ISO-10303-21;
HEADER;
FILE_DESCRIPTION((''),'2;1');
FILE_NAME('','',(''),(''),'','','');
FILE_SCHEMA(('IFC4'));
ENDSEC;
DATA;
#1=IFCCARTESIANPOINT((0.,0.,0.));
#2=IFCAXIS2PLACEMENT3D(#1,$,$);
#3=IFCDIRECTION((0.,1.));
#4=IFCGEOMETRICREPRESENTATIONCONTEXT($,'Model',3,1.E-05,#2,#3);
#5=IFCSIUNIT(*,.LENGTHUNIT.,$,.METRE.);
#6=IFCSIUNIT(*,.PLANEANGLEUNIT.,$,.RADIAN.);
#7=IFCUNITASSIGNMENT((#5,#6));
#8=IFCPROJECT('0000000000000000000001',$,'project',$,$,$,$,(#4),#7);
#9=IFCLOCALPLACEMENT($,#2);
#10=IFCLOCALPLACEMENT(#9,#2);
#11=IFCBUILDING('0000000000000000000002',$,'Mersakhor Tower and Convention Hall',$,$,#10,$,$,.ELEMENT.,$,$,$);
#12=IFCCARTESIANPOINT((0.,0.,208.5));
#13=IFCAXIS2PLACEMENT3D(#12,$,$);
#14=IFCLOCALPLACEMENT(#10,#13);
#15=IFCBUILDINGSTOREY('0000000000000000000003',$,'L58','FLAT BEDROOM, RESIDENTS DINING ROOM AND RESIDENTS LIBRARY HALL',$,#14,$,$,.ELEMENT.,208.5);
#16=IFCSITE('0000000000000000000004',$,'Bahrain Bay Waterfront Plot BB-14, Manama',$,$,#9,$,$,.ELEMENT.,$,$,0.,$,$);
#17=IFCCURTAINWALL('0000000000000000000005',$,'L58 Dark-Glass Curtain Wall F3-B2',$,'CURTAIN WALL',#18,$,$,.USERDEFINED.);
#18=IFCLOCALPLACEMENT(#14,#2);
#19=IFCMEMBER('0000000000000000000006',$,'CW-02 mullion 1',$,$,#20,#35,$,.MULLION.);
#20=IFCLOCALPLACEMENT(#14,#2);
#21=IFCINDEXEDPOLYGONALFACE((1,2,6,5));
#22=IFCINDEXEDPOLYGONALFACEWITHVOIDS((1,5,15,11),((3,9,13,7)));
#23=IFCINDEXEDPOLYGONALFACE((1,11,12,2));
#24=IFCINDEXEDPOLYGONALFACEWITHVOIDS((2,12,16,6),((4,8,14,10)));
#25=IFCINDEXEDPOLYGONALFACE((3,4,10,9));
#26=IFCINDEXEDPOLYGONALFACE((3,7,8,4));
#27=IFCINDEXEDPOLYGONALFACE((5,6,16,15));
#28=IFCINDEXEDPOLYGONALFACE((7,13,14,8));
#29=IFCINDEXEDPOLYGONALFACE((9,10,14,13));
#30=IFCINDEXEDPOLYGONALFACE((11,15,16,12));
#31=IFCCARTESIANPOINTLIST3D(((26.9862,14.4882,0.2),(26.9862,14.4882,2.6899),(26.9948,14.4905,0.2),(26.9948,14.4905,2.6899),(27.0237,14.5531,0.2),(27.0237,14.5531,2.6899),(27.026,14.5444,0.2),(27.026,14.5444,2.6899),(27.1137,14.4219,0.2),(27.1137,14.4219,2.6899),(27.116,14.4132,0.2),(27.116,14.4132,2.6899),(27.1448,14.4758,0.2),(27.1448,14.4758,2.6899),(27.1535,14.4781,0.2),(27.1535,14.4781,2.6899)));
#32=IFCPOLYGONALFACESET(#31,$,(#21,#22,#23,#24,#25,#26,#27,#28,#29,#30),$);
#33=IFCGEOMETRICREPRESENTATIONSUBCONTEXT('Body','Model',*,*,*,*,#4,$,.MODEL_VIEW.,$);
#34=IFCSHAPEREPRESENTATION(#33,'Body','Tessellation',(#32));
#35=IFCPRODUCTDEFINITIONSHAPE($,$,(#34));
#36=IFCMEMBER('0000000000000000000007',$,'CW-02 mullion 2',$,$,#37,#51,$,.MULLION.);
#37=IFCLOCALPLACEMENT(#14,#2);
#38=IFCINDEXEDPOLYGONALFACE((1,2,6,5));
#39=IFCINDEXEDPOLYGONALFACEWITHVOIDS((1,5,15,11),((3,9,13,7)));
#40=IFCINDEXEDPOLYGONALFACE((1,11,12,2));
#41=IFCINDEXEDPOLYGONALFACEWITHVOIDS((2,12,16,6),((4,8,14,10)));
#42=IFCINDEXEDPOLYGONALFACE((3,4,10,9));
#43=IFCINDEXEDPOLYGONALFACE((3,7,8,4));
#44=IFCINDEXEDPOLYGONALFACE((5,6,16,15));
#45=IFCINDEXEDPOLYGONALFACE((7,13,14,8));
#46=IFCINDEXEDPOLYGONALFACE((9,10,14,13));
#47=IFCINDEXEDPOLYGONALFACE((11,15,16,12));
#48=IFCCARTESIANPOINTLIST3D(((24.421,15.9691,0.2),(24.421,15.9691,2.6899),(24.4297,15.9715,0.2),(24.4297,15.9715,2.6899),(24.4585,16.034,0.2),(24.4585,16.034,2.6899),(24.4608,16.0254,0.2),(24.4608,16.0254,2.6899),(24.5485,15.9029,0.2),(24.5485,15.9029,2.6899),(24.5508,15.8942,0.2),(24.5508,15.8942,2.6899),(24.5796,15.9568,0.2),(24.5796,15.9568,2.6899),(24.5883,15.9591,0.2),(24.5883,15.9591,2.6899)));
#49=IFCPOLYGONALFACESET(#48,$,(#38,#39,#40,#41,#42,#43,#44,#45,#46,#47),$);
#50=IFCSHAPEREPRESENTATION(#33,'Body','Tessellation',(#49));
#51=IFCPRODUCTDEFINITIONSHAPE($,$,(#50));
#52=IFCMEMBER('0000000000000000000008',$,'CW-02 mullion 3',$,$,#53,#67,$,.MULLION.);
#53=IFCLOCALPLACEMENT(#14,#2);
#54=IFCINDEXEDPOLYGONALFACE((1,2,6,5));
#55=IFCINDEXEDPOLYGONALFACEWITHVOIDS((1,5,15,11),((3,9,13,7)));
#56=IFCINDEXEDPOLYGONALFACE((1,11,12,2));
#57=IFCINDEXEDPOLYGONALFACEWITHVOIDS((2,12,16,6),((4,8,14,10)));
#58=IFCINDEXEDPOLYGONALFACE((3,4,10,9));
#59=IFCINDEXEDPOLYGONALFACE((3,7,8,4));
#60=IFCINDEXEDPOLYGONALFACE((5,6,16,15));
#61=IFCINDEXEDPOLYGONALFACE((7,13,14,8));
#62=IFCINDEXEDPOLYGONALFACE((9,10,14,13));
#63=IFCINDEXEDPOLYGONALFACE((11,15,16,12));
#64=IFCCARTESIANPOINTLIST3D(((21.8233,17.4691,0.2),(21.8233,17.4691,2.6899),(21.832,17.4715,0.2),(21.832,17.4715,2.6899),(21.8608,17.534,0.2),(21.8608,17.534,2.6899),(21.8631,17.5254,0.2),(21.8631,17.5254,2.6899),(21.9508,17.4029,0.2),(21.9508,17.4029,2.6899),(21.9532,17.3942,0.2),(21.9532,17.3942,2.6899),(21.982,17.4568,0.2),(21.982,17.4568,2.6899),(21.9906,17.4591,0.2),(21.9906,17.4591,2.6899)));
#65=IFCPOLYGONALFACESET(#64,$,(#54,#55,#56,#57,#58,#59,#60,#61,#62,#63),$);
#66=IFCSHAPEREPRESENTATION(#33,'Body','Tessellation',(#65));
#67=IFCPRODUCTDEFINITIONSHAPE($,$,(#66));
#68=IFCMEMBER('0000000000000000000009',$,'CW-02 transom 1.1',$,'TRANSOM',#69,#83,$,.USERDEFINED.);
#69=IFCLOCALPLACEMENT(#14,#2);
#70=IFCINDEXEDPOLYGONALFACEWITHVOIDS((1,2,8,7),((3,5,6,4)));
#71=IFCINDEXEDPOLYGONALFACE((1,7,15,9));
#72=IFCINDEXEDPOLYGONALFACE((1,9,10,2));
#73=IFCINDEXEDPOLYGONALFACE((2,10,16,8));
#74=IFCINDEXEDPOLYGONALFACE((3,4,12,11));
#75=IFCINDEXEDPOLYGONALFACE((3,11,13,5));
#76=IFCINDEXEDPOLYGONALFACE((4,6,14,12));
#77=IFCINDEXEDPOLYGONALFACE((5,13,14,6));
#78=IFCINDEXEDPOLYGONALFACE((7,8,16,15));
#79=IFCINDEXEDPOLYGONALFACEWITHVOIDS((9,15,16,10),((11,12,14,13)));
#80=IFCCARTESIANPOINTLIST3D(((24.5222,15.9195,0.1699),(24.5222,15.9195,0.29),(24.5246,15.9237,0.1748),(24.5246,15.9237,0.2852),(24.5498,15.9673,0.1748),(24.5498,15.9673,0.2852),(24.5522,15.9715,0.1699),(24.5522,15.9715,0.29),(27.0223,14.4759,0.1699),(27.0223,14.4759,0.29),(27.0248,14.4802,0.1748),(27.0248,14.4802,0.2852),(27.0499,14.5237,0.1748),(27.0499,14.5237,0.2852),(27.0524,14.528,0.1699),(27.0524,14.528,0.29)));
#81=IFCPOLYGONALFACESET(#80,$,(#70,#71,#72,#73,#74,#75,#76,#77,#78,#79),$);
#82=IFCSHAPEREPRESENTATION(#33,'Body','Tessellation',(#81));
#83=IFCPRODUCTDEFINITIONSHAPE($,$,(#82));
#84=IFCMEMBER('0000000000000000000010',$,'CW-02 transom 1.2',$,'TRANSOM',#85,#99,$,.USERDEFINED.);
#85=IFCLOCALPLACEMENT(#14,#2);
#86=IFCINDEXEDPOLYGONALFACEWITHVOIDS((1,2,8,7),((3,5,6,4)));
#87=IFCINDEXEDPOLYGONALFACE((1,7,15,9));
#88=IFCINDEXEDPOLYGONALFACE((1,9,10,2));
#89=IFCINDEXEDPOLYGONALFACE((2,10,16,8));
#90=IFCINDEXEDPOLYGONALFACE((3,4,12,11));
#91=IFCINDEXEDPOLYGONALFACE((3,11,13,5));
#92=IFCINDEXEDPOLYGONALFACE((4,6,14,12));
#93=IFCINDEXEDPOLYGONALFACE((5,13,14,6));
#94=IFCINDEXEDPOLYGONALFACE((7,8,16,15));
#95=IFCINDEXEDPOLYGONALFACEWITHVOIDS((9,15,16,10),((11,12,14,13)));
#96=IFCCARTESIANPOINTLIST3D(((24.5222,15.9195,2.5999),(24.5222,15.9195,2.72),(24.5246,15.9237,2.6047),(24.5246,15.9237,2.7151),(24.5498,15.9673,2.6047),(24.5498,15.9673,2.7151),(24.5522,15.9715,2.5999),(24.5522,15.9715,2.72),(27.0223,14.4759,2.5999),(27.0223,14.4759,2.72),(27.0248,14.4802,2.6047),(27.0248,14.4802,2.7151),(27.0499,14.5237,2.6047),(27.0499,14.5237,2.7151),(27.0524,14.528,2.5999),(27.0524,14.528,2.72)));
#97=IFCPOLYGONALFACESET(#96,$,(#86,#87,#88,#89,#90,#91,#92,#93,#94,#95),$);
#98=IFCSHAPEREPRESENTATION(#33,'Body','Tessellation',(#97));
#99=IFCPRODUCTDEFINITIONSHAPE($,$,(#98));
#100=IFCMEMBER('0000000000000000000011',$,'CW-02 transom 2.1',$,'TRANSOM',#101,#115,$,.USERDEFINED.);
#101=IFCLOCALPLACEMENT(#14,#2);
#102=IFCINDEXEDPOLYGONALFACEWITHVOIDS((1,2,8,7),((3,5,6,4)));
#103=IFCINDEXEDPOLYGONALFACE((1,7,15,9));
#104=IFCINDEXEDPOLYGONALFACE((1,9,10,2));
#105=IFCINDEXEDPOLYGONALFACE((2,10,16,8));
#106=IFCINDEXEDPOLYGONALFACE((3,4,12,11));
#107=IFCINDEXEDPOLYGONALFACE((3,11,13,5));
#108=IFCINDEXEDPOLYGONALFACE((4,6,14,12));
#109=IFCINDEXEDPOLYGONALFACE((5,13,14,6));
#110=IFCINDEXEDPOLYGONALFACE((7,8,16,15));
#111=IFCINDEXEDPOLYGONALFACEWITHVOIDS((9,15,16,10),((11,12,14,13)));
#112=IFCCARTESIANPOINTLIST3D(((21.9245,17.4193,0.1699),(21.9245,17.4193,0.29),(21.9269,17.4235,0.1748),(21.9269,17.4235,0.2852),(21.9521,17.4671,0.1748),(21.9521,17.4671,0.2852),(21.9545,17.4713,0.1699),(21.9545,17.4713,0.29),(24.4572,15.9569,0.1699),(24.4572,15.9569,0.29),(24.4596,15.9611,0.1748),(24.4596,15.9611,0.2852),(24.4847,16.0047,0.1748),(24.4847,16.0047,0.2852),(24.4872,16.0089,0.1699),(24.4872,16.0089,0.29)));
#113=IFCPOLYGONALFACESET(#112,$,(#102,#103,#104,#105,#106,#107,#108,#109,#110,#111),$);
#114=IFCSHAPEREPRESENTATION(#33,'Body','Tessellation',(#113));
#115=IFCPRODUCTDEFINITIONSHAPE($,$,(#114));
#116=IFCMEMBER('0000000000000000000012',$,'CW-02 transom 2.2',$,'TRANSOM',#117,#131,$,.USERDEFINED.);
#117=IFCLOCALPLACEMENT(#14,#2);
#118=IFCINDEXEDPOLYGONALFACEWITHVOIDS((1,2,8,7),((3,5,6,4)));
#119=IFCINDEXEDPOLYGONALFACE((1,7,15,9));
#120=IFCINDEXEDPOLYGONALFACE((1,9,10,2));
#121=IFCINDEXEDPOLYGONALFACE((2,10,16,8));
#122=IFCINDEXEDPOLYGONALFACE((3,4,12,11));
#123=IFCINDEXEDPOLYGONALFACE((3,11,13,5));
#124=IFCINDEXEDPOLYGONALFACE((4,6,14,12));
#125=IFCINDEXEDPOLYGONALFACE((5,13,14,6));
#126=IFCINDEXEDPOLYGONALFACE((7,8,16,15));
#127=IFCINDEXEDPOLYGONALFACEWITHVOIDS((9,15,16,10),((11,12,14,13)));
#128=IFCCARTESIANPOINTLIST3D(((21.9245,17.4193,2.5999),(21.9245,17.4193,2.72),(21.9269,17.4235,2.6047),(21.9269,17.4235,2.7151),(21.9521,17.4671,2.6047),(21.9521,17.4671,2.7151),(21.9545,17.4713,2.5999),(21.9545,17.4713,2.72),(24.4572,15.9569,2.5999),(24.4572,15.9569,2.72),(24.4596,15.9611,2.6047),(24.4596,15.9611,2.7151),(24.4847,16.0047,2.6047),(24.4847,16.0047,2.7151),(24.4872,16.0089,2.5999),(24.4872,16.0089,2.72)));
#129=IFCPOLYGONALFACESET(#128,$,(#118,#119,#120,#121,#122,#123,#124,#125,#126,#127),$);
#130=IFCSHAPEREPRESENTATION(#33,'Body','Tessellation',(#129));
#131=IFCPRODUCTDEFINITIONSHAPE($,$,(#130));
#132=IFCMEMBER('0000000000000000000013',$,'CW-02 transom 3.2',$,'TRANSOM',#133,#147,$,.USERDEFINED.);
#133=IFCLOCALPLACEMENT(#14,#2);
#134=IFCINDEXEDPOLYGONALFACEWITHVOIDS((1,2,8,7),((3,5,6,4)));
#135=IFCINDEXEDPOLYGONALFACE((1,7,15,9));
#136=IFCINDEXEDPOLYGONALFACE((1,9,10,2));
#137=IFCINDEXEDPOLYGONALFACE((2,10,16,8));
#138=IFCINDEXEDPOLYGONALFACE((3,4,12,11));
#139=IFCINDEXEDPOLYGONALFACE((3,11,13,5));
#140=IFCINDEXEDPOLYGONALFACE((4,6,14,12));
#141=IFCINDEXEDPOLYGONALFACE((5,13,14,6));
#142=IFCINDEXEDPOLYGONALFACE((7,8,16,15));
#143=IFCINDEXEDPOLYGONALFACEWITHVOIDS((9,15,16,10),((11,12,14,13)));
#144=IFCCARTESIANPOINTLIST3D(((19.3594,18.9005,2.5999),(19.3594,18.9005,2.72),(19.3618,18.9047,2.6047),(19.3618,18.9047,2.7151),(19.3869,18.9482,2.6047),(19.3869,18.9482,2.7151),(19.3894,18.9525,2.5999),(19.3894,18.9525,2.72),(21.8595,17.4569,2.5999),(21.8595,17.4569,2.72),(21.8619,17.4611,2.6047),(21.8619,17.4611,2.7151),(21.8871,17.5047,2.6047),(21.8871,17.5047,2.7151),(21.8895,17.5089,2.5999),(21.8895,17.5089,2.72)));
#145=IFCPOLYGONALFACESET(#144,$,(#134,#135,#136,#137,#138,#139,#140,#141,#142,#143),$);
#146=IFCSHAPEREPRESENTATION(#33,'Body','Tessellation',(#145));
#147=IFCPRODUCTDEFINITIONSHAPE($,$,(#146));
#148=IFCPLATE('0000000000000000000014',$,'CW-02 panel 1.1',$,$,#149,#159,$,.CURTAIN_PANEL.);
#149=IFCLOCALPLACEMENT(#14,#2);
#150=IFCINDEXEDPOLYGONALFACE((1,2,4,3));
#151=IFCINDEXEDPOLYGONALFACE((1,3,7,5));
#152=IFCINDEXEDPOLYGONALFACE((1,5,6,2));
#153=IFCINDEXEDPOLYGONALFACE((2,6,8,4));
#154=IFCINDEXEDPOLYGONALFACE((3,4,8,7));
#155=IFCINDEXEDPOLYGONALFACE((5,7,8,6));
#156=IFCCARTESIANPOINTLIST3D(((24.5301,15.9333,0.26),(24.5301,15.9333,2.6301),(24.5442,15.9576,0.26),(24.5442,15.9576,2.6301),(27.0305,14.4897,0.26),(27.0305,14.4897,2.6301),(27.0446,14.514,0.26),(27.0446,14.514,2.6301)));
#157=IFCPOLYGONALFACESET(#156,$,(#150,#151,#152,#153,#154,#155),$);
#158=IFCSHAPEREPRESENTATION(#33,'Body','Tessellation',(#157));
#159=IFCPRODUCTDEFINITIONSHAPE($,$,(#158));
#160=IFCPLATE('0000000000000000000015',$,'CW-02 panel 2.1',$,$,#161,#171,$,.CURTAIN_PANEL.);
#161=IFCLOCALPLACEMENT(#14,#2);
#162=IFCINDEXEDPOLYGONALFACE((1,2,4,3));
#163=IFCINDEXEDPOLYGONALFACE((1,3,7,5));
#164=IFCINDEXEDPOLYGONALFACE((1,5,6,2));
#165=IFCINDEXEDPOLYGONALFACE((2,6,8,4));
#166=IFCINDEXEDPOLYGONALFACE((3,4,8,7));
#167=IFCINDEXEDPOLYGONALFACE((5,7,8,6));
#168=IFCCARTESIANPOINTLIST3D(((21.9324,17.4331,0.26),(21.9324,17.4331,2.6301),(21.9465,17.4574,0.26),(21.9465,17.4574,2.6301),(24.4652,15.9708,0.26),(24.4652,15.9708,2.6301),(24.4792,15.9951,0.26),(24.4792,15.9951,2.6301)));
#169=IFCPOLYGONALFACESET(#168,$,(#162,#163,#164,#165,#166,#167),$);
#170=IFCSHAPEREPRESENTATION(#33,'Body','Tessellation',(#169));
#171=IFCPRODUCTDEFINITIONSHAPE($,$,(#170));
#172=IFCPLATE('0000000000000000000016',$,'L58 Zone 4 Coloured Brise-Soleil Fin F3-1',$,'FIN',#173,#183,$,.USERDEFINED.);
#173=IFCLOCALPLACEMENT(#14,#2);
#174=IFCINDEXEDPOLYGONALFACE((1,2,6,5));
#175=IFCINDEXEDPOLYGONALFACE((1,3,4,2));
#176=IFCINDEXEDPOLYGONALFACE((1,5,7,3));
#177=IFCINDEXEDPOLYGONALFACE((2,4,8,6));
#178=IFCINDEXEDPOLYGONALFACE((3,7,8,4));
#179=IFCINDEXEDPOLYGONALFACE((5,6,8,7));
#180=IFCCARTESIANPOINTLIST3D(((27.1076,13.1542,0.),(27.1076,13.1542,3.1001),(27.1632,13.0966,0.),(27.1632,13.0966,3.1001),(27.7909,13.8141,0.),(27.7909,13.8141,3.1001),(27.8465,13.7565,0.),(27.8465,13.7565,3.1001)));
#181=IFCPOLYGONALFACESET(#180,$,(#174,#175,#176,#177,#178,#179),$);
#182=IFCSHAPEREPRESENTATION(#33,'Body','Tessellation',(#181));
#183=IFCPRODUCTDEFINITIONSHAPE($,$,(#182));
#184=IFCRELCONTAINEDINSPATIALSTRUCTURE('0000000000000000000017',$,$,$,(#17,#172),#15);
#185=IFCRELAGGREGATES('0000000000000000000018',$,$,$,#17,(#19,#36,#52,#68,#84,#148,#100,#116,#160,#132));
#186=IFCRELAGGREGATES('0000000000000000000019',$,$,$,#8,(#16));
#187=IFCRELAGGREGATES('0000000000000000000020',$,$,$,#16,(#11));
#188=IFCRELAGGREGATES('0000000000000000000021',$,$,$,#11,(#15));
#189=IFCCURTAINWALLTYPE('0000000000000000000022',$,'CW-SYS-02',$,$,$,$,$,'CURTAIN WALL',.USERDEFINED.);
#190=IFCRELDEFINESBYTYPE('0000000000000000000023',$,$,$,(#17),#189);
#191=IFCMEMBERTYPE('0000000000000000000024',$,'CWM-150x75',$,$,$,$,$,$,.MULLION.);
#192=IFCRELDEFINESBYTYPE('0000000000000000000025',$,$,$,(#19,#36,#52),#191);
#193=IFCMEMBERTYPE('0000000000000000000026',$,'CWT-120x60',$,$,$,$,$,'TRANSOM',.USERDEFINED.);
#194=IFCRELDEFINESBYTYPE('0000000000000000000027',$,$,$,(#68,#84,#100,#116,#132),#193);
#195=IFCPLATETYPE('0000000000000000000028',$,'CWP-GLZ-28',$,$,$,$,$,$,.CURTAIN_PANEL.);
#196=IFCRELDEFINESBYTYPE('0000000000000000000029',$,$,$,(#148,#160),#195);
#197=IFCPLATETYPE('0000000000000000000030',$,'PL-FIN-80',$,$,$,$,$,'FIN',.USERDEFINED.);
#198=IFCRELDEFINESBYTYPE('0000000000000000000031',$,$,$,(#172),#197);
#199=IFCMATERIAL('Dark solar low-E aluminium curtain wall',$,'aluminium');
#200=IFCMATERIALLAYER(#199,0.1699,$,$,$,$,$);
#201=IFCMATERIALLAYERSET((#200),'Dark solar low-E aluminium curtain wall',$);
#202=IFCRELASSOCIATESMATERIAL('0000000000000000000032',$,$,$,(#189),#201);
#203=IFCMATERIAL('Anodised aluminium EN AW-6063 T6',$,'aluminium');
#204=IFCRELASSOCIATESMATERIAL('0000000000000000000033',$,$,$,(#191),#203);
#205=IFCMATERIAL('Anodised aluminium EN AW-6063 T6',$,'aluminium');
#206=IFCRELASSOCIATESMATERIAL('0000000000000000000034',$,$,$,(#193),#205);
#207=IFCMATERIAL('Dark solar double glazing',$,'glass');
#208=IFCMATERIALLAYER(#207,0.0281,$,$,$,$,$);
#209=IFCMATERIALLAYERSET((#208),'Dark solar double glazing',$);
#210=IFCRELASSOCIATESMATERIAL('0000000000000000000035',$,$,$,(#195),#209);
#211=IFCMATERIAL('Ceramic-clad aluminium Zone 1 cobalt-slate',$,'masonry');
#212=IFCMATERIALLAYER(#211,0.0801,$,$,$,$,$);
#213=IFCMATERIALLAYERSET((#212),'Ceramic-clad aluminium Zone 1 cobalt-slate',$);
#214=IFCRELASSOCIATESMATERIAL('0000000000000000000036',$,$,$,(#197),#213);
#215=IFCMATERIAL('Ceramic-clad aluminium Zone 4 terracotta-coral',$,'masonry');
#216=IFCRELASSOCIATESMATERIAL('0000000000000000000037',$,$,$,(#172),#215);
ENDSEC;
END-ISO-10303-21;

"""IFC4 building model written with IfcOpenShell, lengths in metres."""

from ifc_helpers import new_model, si_unit, direction, frame, origin, origin_2d, place, context, subcontext, project, spatial, rectangle, hollow_rectangle, extrude, material, layer, layer_set, material_profile, profile_set, type_object, element, aggregate, save


model = new_model("IFC4")

# Units and contexts
model_context = context("Model", 3, precision=1e-05, world=origin(), true_north=direction((0.0, 1.0)))
body_context = subcontext(model_context, "Body", "Model", "MODEL_VIEW")
ifc_project = project(units=[si_unit("LENGTHUNIT", "METRE"), si_unit("PLANEANGLEUNIT", "RADIAN")], contexts=[model_context])

# Site, building, storey
site_placement = place(None, origin())
site = spatial("IfcSite", under=ifc_project, at=site_placement, Name="Bahrain Bay Waterfront Plot BB-14, Manama", CompositionType="ELEMENT", RefElevation=0.0)
building_placement = place(site_placement, origin())
building = spatial("IfcBuilding", under=site, at=building_placement, Name="Mersakhor Tower and Convention Hall", CompositionType="ELEMENT")
storey_placement = place(building_placement, frame((0.0, 0.0, 208.5)))
storey = spatial("IfcBuildingStorey", under=building, at=storey_placement, Name="L58", Description="FLAT BEDROOM, RESIDENTS DINING ROOM AND RESIDENTS LIBRARY HALL", CompositionType="ELEMENT", Elevation=208.5)

# Curtain wall, members, plates
ifc_material_1 = material(Name="Dark solar low-E aluminium curtain wall", Category="aluminium")
ifc_layer_1 = layer(ifc_material_1, 0.1699)
ifc_layer_set_1 = layer_set([ifc_layer_1], Name="Dark solar low-E aluminium curtain wall")
curtain_wall_type = type_object("IfcCurtainWallType", Name="CW-SYS-02", ElementType="CURTAIN WALL", PredefinedType="USERDEFINED", material=ifc_layer_set_1)
curtain_wall_placement = place(storey_placement, origin())
curtain_wall = element("IfcCurtainWall", 1, at=curtain_wall_placement, inside=storey, type_object=curtain_wall_type, Name="L58 Dark-Glass Curtain Wall F3-B2", ObjectType="CURTAIN WALL", PredefinedType="USERDEFINED")
ifc_material_2 = material(Name="Anodised aluminium EN AW-6063 T6", Category="aluminium")
ifc_material_profile_1 = material_profile(ifc_material_2, hollow_rectangle(XDim=0.075, YDim=0.1499, WallThickness=0.0063, at=origin_2d()), Name="RHS 150x75x6.3")
ifc_profile_set_1 = profile_set([ifc_material_profile_1], Name="Anodised aluminium EN AW-6063 T6")
member_type_1 = type_object("IfcMemberType", Name="CWM-150x75", PredefinedType="MULLION", material=ifc_profile_set_1)
member_1_placement = place(storey_placement, frame((27.0698, 14.4832, 0.2), z_axis=(0.0, 0.0, 1.0), x_axis=(-0.500008, -0.866021, 0.0)))
member_1 = element("IfcMember", 2, at=member_1_placement, type_object=member_type_1, Name="CW-02 mullion 1", PredefinedType="MULLION", context=body_context, shape_type="SweptSolid", body=[
    extrude(hollow_rectangle(XDim=0.075, YDim=0.1499, WallThickness=0.0063, at=origin_2d()), origin(), (0.0, 0.0, 1.0), 2.49),
])
member_2_placement = place(storey_placement, frame((24.5046, 15.9641, 0.2), z_axis=(0.0, 0.0, 1.0), x_axis=(-0.500008, -0.866021, 0.0)))
member_2 = element("IfcMember", 3, at=member_2_placement, type_object=member_type_1, Name="CW-02 mullion 2", PredefinedType="MULLION", context=body_context, shape_type="SweptSolid", body=[
    extrude(hollow_rectangle(XDim=0.075, YDim=0.1499, WallThickness=0.0063, at=origin_2d()), origin(), (0.0, 0.0, 1.0), 2.49),
])
member_3_placement = place(storey_placement, frame((21.907, 17.4641, 0.2), z_axis=(0.0, 0.0, 1.0), x_axis=(-0.500008, -0.866021, 0.0)))
member_3 = element("IfcMember", 4, at=member_3_placement, type_object=member_type_1, Name="CW-02 mullion 3", PredefinedType="MULLION", context=body_context, shape_type="SweptSolid", body=[
    extrude(hollow_rectangle(XDim=0.075, YDim=0.1499, WallThickness=0.0063, at=origin_2d()), origin(), (0.0, 0.0, 1.0), 2.49),
])
ifc_material_3 = material(Name="Anodised aluminium EN AW-6063 T6", Category="aluminium")
ifc_material_profile_2 = material_profile(ifc_material_3, hollow_rectangle(XDim=0.0601, YDim=0.1201, WallThickness=0.0049, at=origin_2d()), Name="RHS 120x60x5")
ifc_profile_set_2 = profile_set([ifc_material_profile_2], Name="Anodised aluminium EN AW-6063 T6")
member_type_2 = type_object("IfcMemberType", Name="CWT-120x60", ElementType="TRANSOM", PredefinedType="USERDEFINED", material=ifc_profile_set_2)
member_4_placement = place(storey_placement, frame((27.0374, 14.502, 0.23), z_axis=(-0.866012, 0.500023, 0.0), x_axis=(-0.500023, -0.866012, 0.0)))
member_4 = element("IfcMember", 5, at=member_4_placement, type_object=member_type_2, Name="CW-02 transom 1.1", ObjectType="TRANSOM", PredefinedType="USERDEFINED", context=body_context, shape_type="SweptSolid", body=[
    extrude(hollow_rectangle(XDim=0.0601, YDim=0.1201, WallThickness=0.0049, at=origin_2d()), origin(), (0.0, 0.0, 1.0), 2.887),
])
member_5_placement = place(storey_placement, frame((27.0374, 14.502, 2.6599), z_axis=(-0.866012, 0.500023, 0.0), x_axis=(-0.500023, -0.866012, 0.0)))
member_5 = element("IfcMember", 6, at=member_5_placement, type_object=member_type_2, Name="CW-02 transom 1.2", ObjectType="TRANSOM", PredefinedType="USERDEFINED", context=body_context, shape_type="SweptSolid", body=[
    extrude(hollow_rectangle(XDim=0.0601, YDim=0.1201, WallThickness=0.0049, at=origin_2d()), origin(), (0.0, 0.0, 1.0), 2.887),
])
member_6_placement = place(storey_placement, frame((24.4722, 15.9829, 0.23), z_axis=(-0.866005, 0.500036, 0.0), x_axis=(-0.500036, -0.866005, 0.0)))
member_6 = element("IfcMember", 7, at=member_6_placement, type_object=member_type_2, Name="CW-02 transom 2.1", ObjectType="TRANSOM", PredefinedType="USERDEFINED", context=body_context, shape_type="SweptSolid", body=[
    extrude(hollow_rectangle(XDim=0.0601, YDim=0.1201, WallThickness=0.0049, at=origin_2d()), origin(), (0.0, 0.0, 1.0), 2.9246),
])
member_7_placement = place(storey_placement, frame((24.4722, 15.9829, 2.6599), z_axis=(-0.866005, 0.500036, 0.0), x_axis=(-0.500036, -0.866005, 0.0)))
member_7 = element("IfcMember", 8, at=member_7_placement, type_object=member_type_2, Name="CW-02 transom 2.2", ObjectType="TRANSOM", PredefinedType="USERDEFINED", context=body_context, shape_type="SweptSolid", body=[
    extrude(hollow_rectangle(XDim=0.0601, YDim=0.1201, WallThickness=0.0049, at=origin_2d()), origin(), (0.0, 0.0, 1.0), 2.9246),
])
member_8_placement = place(storey_placement, frame((21.8745, 17.4829, 2.6599), z_axis=(-0.866012, 0.500023, 0.0), x_axis=(-0.500023, -0.866012, 0.0)))
member_8 = element("IfcMember", 9, at=member_8_placement, type_object=member_type_2, Name="CW-02 transom 3.2", ObjectType="TRANSOM", PredefinedType="USERDEFINED", context=body_context, shape_type="SweptSolid", body=[
    extrude(hollow_rectangle(XDim=0.0601, YDim=0.1201, WallThickness=0.0049, at=origin_2d()), origin(), (0.0, 0.0, 1.0), 2.887),
])
ifc_material_4 = material(Name="Dark solar double glazing", Category="glass")
ifc_layer_2 = layer(ifc_material_4, 0.0281)
ifc_layer_set_2 = layer_set([ifc_layer_2], Name="Dark solar double glazing")
plate_type_1 = type_object("IfcPlateType", Name="CWP-GLZ-28", PredefinedType="CURTAIN_PANEL", material=ifc_layer_set_2)
plate_1_placement = place(storey_placement, frame((25.7874, 15.2236, 0.26), z_axis=(0.0, 0.0, 1.0), x_axis=(-0.866021, 0.500008, 0.0)))
plate_1 = element("IfcPlate", 10, at=plate_1_placement, type_object=plate_type_1, Name="CW-02 panel 1.1", PredefinedType="CURTAIN_PANEL", context=body_context, shape_type="SweptSolid", body=[
    extrude(rectangle(XDim=2.8872, YDim=0.0281, at=origin_2d()), origin(), (0.0, 0.0, 1.0), 2.3701),
])
plate_2_placement = place(storey_placement, frame((23.2058, 16.7141, 0.26), z_axis=(0.0, 0.0, 1.0), x_axis=(-0.866021, 0.500008, 0.0)))
plate_2 = element("IfcPlate", 11, at=plate_2_placement, type_object=plate_type_1, Name="CW-02 panel 2.1", PredefinedType="CURTAIN_PANEL", context=body_context, shape_type="SweptSolid", body=[
    extrude(rectangle(XDim=2.9246, YDim=0.0281, at=origin_2d()), origin(), (0.0, 0.0, 1.0), 2.3701),
])
aggregate(curtain_wall, [member_1, member_2, member_3, member_4, member_5, plate_1, member_6, member_7, plate_2, member_8])

# Plate
ifc_material_5 = material(Name="Ceramic-clad aluminium Zone 4 terracotta-coral", Category="masonry")
ifc_material_6 = material(Name="Ceramic-clad aluminium Zone 1 cobalt-slate", Category="masonry")
ifc_layer_3 = layer(ifc_material_6, 0.0801)
ifc_layer_set_3 = layer_set([ifc_layer_3], Name="Ceramic-clad aluminium Zone 1 cobalt-slate")
plate_type_2 = type_object("IfcPlateType", Name="PL-FIN-80", ElementType="FIN", PredefinedType="USERDEFINED", material=ifc_layer_set_3)
plate_3_placement = place(storey_placement, frame((27.4771, 13.4553, 0.0), z_axis=(0.0, 0.0, 1.0), x_axis=(-0.71934, -0.694658, 0.0)))
element("IfcPlate", 12, at=plate_3_placement, inside=storey, type_object=plate_type_2, material=ifc_material_5, Name="L58 Zone 4 Coloured Brise-Soleil Fin F3-1", ObjectType="FIN", PredefinedType="USERDEFINED", context=body_context, shape_type="SweptSolid", body=[
    extrude(rectangle(XDim=0.95, YDim=0.0801, at=origin_2d()), origin(), (0.0, 0.0, 1.0), 3.1001),
])

save(model, "model.ifc")
